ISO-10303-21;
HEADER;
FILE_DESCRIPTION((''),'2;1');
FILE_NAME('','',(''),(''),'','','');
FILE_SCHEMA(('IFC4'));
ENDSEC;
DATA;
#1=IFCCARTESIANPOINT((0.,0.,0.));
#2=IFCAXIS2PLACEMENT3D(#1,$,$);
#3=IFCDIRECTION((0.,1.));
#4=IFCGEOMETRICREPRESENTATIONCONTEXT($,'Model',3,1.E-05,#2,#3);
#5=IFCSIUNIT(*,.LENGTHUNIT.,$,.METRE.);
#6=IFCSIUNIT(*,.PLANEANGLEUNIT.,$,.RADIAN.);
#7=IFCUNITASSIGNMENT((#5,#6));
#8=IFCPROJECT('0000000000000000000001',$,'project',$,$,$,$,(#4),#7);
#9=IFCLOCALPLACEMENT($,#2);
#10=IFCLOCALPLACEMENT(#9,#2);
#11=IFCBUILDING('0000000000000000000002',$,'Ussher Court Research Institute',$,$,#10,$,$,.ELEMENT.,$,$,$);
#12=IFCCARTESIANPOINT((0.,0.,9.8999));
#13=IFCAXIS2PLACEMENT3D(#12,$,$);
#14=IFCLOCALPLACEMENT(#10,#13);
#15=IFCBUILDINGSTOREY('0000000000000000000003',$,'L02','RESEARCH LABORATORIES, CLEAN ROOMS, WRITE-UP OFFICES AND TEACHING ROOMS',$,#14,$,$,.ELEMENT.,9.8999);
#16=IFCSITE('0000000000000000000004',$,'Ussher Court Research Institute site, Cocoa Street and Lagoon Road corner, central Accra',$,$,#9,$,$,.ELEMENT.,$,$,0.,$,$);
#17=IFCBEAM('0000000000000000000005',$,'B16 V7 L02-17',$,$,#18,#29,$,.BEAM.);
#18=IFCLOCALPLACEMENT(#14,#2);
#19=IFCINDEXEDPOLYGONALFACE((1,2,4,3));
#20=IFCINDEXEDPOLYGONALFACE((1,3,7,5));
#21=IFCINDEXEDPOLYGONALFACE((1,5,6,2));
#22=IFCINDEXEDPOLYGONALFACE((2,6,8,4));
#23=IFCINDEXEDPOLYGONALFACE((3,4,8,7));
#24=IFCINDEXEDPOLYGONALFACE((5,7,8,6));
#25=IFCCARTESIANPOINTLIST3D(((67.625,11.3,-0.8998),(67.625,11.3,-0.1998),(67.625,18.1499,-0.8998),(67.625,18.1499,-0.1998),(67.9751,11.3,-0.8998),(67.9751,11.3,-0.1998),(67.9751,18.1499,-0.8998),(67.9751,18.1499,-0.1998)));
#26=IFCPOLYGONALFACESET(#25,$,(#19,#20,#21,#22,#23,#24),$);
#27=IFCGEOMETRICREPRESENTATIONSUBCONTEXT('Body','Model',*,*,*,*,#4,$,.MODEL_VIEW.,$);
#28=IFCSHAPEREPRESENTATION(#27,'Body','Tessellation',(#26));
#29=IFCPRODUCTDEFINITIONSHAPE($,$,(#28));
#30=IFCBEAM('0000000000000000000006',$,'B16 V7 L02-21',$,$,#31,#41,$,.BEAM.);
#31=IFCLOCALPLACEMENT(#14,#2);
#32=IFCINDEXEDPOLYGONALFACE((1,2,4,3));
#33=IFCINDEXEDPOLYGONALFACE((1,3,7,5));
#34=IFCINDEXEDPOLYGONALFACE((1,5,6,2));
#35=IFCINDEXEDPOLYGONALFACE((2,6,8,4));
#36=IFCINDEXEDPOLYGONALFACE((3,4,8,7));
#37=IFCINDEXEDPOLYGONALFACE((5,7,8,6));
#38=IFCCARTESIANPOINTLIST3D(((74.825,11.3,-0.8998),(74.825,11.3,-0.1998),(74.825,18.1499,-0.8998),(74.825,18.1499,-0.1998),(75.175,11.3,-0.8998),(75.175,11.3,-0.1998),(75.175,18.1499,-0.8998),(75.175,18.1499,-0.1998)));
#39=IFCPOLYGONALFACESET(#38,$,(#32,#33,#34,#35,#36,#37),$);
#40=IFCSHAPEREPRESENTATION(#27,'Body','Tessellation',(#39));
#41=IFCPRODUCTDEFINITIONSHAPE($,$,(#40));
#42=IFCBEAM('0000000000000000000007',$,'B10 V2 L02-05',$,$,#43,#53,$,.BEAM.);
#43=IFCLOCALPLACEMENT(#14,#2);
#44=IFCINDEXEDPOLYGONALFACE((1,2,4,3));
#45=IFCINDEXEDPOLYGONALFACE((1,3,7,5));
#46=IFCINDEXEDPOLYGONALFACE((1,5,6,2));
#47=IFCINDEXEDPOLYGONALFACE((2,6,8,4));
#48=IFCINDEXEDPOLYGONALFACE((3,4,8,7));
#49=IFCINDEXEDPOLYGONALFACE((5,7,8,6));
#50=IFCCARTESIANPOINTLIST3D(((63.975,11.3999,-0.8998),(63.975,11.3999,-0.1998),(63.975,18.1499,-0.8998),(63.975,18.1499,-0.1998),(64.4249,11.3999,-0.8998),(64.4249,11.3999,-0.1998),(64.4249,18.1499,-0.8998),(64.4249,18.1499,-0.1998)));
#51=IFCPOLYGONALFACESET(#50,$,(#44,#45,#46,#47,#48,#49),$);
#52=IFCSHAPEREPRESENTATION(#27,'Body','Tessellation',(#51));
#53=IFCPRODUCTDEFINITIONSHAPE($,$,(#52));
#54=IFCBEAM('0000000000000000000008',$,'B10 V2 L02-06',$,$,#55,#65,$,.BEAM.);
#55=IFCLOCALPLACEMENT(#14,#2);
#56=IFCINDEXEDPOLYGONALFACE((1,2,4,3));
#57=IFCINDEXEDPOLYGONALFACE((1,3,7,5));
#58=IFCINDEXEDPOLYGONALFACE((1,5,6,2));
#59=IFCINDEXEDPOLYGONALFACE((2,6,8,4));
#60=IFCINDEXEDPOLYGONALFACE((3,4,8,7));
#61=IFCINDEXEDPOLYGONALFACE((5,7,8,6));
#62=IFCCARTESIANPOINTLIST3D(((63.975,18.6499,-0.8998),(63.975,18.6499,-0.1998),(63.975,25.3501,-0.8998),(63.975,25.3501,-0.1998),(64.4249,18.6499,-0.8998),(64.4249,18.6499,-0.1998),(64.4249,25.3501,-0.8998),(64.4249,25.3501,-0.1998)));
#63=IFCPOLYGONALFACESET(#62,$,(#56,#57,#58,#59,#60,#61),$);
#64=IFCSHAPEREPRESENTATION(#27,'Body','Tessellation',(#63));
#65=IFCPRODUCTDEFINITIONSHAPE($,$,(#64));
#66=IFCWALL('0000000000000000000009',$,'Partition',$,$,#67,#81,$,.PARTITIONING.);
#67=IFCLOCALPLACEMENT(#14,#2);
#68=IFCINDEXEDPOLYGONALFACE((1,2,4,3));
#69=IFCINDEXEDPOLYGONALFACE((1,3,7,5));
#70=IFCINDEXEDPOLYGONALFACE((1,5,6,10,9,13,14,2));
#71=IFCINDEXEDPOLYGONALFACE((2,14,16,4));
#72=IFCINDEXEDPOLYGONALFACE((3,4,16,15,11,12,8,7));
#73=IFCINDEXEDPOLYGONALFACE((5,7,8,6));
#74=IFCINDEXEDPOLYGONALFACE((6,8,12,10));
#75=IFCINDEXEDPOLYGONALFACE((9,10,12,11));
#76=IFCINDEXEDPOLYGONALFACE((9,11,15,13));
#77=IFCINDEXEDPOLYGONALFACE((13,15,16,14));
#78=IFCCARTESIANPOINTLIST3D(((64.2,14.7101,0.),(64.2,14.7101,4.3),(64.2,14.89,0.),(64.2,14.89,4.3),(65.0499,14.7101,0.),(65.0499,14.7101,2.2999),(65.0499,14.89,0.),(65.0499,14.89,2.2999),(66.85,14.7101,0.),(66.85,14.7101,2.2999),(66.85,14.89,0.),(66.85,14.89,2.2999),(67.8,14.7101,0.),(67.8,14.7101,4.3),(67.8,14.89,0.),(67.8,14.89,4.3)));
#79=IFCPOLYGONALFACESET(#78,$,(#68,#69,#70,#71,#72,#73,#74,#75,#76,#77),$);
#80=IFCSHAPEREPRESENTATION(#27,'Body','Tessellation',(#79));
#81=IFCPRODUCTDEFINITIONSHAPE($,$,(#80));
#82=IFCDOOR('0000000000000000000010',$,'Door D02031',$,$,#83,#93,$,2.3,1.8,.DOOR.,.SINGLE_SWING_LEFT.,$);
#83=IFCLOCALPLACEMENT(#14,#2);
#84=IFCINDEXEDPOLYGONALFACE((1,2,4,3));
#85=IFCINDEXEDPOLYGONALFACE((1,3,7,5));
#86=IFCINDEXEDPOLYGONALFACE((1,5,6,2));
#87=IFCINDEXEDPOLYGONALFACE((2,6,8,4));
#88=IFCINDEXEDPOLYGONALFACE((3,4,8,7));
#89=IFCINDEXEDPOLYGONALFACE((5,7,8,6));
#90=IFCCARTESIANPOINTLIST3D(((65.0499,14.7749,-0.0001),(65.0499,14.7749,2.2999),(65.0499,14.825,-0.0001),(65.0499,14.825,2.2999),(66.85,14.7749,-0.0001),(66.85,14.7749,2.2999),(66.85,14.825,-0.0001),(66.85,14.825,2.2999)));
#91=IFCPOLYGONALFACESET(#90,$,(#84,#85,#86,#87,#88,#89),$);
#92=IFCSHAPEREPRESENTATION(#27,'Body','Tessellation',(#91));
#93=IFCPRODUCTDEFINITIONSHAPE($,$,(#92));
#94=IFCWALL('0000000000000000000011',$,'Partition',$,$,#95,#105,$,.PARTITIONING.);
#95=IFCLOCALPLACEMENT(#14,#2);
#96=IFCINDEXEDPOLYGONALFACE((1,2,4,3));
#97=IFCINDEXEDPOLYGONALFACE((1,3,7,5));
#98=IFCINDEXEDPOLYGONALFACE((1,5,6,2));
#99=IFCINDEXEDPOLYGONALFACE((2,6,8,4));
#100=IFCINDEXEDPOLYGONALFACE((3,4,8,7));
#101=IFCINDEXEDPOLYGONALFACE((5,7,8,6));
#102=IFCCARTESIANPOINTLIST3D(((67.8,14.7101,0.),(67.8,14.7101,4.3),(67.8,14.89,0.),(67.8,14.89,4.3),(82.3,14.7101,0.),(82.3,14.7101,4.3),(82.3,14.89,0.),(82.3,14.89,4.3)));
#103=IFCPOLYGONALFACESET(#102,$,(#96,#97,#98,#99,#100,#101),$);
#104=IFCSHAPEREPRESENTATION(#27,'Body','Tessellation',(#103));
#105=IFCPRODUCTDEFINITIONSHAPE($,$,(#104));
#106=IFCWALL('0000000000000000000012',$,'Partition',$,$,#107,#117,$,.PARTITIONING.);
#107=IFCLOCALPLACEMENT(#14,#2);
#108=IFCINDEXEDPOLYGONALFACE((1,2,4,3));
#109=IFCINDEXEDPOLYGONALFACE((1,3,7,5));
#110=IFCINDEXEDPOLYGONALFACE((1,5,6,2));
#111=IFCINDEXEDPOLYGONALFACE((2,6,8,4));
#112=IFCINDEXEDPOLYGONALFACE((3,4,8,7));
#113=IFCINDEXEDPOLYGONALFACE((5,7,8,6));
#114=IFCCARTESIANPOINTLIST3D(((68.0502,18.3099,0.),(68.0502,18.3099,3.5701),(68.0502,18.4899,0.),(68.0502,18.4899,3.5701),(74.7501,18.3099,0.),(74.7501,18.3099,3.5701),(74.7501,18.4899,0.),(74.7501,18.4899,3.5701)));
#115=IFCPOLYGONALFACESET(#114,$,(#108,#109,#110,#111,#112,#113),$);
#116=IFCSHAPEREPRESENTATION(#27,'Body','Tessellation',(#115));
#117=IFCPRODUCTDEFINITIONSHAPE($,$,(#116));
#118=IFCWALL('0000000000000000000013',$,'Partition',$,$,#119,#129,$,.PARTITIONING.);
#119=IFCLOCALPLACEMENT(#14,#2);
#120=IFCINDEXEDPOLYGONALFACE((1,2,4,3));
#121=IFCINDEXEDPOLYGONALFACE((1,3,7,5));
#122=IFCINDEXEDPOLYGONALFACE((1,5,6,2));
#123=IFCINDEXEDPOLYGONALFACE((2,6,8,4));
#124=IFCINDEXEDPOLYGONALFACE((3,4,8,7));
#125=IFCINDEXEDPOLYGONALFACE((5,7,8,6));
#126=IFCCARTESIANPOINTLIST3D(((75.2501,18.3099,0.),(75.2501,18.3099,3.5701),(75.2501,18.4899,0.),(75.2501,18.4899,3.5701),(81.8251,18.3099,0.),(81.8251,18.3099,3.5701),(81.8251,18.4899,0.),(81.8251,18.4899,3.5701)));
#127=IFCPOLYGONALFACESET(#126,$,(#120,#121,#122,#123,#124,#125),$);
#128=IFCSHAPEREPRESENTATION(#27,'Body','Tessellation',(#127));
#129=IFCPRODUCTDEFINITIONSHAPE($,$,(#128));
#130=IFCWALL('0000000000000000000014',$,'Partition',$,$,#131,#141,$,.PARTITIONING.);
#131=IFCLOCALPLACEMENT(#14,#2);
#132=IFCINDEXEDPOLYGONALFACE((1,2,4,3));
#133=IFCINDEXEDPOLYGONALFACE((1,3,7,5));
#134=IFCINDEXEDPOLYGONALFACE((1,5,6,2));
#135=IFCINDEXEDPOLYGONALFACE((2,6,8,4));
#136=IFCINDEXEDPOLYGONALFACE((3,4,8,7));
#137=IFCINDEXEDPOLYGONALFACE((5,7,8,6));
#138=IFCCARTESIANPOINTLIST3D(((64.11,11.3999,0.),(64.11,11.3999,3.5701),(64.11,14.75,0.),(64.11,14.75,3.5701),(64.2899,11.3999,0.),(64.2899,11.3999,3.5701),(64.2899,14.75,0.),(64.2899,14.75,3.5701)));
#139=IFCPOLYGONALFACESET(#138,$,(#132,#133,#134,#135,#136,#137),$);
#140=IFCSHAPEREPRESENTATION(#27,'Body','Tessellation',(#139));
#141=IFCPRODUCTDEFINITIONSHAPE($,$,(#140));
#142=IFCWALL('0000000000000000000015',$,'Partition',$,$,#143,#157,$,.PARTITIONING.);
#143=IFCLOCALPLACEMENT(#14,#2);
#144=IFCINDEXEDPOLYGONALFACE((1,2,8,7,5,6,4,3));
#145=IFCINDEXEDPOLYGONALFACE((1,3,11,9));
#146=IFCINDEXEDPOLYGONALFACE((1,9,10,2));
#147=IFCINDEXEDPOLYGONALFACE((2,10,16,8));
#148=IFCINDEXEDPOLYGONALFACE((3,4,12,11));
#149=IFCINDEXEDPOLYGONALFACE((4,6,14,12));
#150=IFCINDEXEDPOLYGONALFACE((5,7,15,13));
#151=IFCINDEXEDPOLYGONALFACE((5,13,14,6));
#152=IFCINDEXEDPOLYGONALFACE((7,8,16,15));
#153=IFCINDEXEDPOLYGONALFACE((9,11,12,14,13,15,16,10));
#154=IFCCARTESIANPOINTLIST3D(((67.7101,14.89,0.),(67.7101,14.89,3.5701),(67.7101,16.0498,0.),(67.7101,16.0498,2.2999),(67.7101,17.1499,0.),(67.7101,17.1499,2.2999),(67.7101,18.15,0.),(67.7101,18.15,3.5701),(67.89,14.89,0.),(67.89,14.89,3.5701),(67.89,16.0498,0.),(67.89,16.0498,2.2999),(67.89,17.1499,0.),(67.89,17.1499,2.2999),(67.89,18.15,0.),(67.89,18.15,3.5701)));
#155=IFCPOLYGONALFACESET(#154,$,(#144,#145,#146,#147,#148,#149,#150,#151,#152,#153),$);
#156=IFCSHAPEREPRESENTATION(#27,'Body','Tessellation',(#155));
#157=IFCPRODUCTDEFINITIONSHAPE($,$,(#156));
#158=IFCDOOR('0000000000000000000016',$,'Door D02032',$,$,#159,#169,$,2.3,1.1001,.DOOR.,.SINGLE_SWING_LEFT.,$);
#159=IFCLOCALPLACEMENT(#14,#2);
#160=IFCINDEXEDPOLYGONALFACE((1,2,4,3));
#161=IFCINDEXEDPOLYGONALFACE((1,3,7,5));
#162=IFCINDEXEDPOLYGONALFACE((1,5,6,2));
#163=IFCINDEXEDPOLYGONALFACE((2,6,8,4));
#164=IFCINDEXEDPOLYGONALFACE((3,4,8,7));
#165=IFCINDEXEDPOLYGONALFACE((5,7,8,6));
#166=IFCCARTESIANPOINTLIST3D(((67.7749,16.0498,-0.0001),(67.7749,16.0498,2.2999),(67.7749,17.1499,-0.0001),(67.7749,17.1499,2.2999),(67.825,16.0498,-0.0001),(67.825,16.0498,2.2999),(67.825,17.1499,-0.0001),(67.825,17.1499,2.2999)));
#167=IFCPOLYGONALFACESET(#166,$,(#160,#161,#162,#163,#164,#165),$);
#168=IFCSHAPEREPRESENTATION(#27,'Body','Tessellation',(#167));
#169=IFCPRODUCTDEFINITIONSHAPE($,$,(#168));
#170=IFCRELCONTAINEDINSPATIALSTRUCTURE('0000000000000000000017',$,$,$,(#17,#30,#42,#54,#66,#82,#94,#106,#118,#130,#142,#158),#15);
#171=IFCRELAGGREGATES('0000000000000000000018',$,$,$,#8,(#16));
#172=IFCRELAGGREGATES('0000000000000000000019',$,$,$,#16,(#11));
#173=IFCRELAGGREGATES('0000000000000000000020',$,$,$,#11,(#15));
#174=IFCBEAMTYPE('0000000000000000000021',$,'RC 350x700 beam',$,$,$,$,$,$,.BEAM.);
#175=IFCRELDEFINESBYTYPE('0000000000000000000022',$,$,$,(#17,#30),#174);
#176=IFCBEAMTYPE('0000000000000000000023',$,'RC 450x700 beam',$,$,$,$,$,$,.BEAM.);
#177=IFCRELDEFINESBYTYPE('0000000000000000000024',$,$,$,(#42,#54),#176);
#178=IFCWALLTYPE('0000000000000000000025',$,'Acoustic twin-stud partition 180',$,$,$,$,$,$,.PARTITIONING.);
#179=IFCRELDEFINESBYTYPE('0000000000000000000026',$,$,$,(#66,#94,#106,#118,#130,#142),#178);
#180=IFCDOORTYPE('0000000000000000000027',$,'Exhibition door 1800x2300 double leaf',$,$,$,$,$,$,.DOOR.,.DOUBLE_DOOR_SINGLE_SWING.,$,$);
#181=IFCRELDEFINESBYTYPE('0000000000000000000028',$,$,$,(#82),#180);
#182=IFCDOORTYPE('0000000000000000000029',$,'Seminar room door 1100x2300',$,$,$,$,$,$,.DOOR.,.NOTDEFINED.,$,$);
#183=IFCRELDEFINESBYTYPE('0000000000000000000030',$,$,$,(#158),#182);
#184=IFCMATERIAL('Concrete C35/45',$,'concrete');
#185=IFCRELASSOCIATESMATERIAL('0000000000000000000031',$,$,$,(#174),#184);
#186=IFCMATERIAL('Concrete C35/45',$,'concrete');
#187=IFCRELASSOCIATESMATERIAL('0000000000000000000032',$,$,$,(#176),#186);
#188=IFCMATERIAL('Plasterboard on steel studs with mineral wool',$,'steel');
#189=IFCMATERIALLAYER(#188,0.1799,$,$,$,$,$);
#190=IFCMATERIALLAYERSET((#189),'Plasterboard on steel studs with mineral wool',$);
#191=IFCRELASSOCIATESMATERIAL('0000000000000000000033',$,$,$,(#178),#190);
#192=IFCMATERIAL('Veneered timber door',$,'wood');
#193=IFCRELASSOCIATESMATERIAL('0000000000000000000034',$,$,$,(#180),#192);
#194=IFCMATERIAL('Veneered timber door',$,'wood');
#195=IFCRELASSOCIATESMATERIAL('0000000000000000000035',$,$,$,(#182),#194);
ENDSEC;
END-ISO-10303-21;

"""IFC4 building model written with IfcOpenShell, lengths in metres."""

from ifc_helpers import new_model, si_unit, direction, frame, frame_2d, origin, origin_2d, place, context, subcontext, project, spatial, rectangle, extrude, material, layer, layer_set, material_profile, profile_set, type_object, element, fill, save


model = new_model("IFC4")

# Units and contexts
model_context = context("Model", 3, precision=1e-05, world=origin(), true_north=direction((0.0, 1.0)))
body_context = subcontext(model_context, "Body", "Model", "MODEL_VIEW")
ifc_project = project(units=[si_unit("LENGTHUNIT", "METRE"), si_unit("PLANEANGLEUNIT", "RADIAN")], contexts=[model_context])

# Site, building, storey
site_placement = place(None, origin())
site = spatial("IfcSite", under=ifc_project, at=site_placement, Name="Ussher Court Research Institute site, Cocoa Street and Lagoon Road corner, central Accra", CompositionType="ELEMENT", RefElevation=0.0)
building_placement = place(site_placement, origin())
building = spatial("IfcBuilding", under=site, at=building_placement, Name="Ussher Court Research Institute", CompositionType="ELEMENT")
storey_placement = place(building_placement, frame((0.0, 0.0, 9.8999)))
storey = spatial("IfcBuildingStorey", under=building, at=storey_placement, Name="L02", Description="RESEARCH LABORATORIES, CLEAN ROOMS, WRITE-UP OFFICES AND TEACHING ROOMS", CompositionType="ELEMENT", Elevation=9.8999)

# Beams
ifc_material_1 = material(Name="Concrete C35/45", Category="concrete")
ifc_material_profile_1 = material_profile(ifc_material_1, rectangle(XDim=0.3501, YDim=0.7, at=origin_2d()), Name="RC 350x700")
ifc_profile_set_1 = profile_set([ifc_material_profile_1], Name="Concrete C35/45")
beam_type_1 = type_object("IfcBeamType", Name="RC 350x700 beam", PredefinedType="BEAM", material=ifc_profile_set_1)
for number, where, z_axis, x_axis, name in (
    (1, (67.8, 11.3, -0.5498), (0.0, 1.0, 0.0), (-1.0, 0.0, 0.0), "B16 V7 L02-17"),
    (2, (75.0, 11.3, -0.5498), (0.0, 1.0, 0.0), (-1.0, 0.0, 0.0), "B16 V7 L02-21"),
):
    element("IfcBeam", number, at=place(storey_placement, frame(where, z_axis=z_axis, x_axis=x_axis)), inside=storey, type_object=beam_type_1, Name=name, PredefinedType="BEAM", context=body_context, shape_type="SweptSolid", body=[
        extrude(rectangle(XDim=0.3501, YDim=0.7, at=origin_2d()), origin(), (0.0, 0.0, 1.0), 6.8499),
    ])
ifc_material_2 = material(Name="Concrete C35/45", Category="concrete")
ifc_material_profile_2 = material_profile(ifc_material_2, rectangle(XDim=0.45, YDim=0.7, at=origin_2d()), Name="RC 450x700")
ifc_profile_set_2 = profile_set([ifc_material_profile_2], Name="Concrete C35/45")
beam_type_2 = type_object("IfcBeamType", Name="RC 450x700 beam", PredefinedType="BEAM", material=ifc_profile_set_2)
beam_1_placement = place(storey_placement, frame((64.2, 11.3999, -0.5498), z_axis=(0.0, 1.0, 0.0), x_axis=(-1.0, 0.0, 0.0)))
element("IfcBeam", 3, at=beam_1_placement, inside=storey, type_object=beam_type_2, Name="B10 V2 L02-05", PredefinedType="BEAM", context=body_context, shape_type="SweptSolid", body=[
    extrude(rectangle(XDim=0.45, YDim=0.7, at=origin_2d()), origin(), (0.0, 0.0, 1.0), 6.75),
])
beam_2_placement = place(storey_placement, frame((64.2, 18.6499, -0.5498), z_axis=(0.0, 1.0, 0.0), x_axis=(-1.0, 0.0, 0.0)))
element("IfcBeam", 4, at=beam_2_placement, inside=storey, type_object=beam_type_2, Name="B10 V2 L02-06", PredefinedType="BEAM", context=body_context, shape_type="SweptSolid", body=[
    extrude(rectangle(XDim=0.45, YDim=0.7, at=origin_2d()), origin(), (0.0, 0.0, 1.0), 6.7002),
])

# Wall, opening, door
ifc_material_3 = material(Name="Plasterboard on steel studs with mineral wool", Category="steel")
ifc_layer_1 = layer(ifc_material_3, 0.1799)
ifc_layer_set_1 = layer_set([ifc_layer_1], Name="Plasterboard on steel studs with mineral wool")
wall_type_1 = type_object("IfcWallType", Name="Acoustic twin-stud partition 180", PredefinedType="PARTITIONING", material=ifc_layer_set_1)
wall_1_placement = place(storey_placement, frame((64.2, 14.8, 0.0), z_axis=(0.0, 0.0, 1.0), x_axis=(1.0, 0.0, 0.0)))
wall_1 = element("IfcWall", 5, at=wall_1_placement, inside=storey, type_object=wall_type_1, Name="Partition", PredefinedType="PARTITIONING", context=body_context, shape_type="SweptSolid", body=[
    extrude(rectangle(XDim=3.6001, YDim=0.1799, at=frame_2d((1.8, 0.0))), origin(), (0.0, 0.0, 1.0), 4.3),
])
opening_1_placement = place(wall_1_placement, frame((0.8501, 0.0, 0.0)))
opening_1 = element("IfcOpeningElement", 6, at=opening_1_placement, cuts=wall_1, PredefinedType="OPENING", context=body_context, shape_type="SweptSolid", body=[
    extrude(rectangle(XDim=1.8, YDim=2.3, at=frame_2d((0.8999, 1.1499))), frame((0.0, 0.1001, 0.0), z_axis=(0.0, -1.0, 0.0), x_axis=(1.0, 0.0, 0.0)), (0.0, 0.0, 1.0), 0.2),
])
ifc_material_4 = material(Name="Veneered timber door", Category="wood")
door_type_1 = type_object("IfcDoorType", Name="Exhibition door 1800x2300 double leaf", OperationType="DOUBLE_DOOR_SINGLE_SWING", PredefinedType="DOOR", material=ifc_material_4)
door_1_placement = place(opening_1_placement, origin())
door_1 = element("IfcDoor", 7, at=door_1_placement, inside=storey, type_object=door_type_1, Name="Door D02031", OperationType="SINGLE_SWING_LEFT", OverallHeight=2.3, OverallWidth=1.8, PredefinedType="DOOR", context=body_context, shape_type="SweptSolid", body=[
    extrude(rectangle(XDim=1.8, YDim=2.3, at=frame_2d((0.8999, 1.1499))), frame((0.0, 0.0249, 0.0), z_axis=(0.0, -1.0, 0.0), x_axis=(1.0, 0.0, 0.0)), (0.0, 0.0, 1.0), 0.05),
])
fill(opening_1, door_1)

# Walls
wall_2_placement = place(storey_placement, frame((67.8, 14.8, 0.0), z_axis=(0.0, 0.0, 1.0), x_axis=(1.0, 0.0, 0.0)))
element("IfcWall", 8, at=wall_2_placement, inside=storey, type_object=wall_type_1, Name="Partition", PredefinedType="PARTITIONING", context=body_context, shape_type="SweptSolid", body=[
    extrude(rectangle(XDim=14.5, YDim=0.1799, at=frame_2d((7.25, 0.0))), origin(), (0.0, 0.0, 1.0), 4.3),
])
wall_3_placement = place(storey_placement, frame((68.05, 18.3999, 0.0), z_axis=(0.0, 0.0, 1.0), x_axis=(1.0, 0.0, 0.0)))
element("IfcWall", 9, at=wall_3_placement, inside=storey, type_object=wall_type_1, Name="Partition", PredefinedType="PARTITIONING", context=body_context, shape_type="SweptSolid", body=[
    extrude(rectangle(XDim=6.7, YDim=0.1799, at=frame_2d((3.3501, 0.0))), origin(), (0.0, 0.0, 1.0), 3.5701),
])
wall_4_placement = place(storey_placement, frame((75.25, 18.3999, 0.0), z_axis=(0.0, 0.0, 1.0), x_axis=(1.0, 0.0, 0.0)))
element("IfcWall", 10, at=wall_4_placement, inside=storey, type_object=wall_type_1, Name="Partition", PredefinedType="PARTITIONING", context=body_context, shape_type="SweptSolid", body=[
    extrude(rectangle(XDim=6.575, YDim=0.1799, at=frame_2d((3.2876, 0.0))), origin(), (0.0, 0.0, 1.0), 3.5701),
])
wall_5_placement = place(storey_placement, frame((64.2, 11.3999, 0.0), z_axis=(0.0, 0.0, 1.0), x_axis=(0.0, 1.0, 0.0)))
element("IfcWall", 11, at=wall_5_placement, inside=storey, type_object=wall_type_1, Name="Partition", PredefinedType="PARTITIONING", context=body_context, shape_type="SweptSolid", body=[
    extrude(rectangle(XDim=3.3501, YDim=0.1799, at=frame_2d((1.675, 0.0))), origin(), (0.0, 0.0, 1.0), 3.5701),
])

# Wall, opening, door
wall_6_placement = place(storey_placement, frame((67.8, 18.1499, 0.0), z_axis=(0.0, 0.0, 1.0), x_axis=(0.0, -1.0, 0.0)))
wall_6 = element("IfcWall", 12, at=wall_6_placement, inside=storey, type_object=wall_type_1, Name="Partition", PredefinedType="PARTITIONING", context=body_context, shape_type="SweptSolid", body=[
    extrude(rectangle(XDim=3.26, YDim=0.1799, at=frame_2d((1.6299, 0.0))), origin(), (0.0, 0.0, 1.0), 3.5701),
])
opening_2_placement = place(wall_6_placement, frame((1.0, 0.0, 0.0)))
opening_2 = element("IfcOpeningElement", 13, at=opening_2_placement, cuts=wall_6, PredefinedType="OPENING", context=body_context, shape_type="SweptSolid", body=[
    extrude(rectangle(XDim=1.1001, YDim=2.3, at=frame_2d((0.55, 1.1499))), frame((0.0, 0.1001, 0.0), z_axis=(0.0, -1.0, 0.0), x_axis=(1.0, 0.0, 0.0)), (0.0, 0.0, 1.0), 0.2),
])
ifc_material_5 = material(Name="Veneered timber door", Category="wood")
door_type_2 = type_object("IfcDoorType", Name="Seminar room door 1100x2300", OperationType="NOTDEFINED", PredefinedType="DOOR", material=ifc_material_5)
door_2_placement = place(opening_2_placement, origin())
door_2 = element("IfcDoor", 14, at=door_2_placement, inside=storey, type_object=door_type_2, Name="Door D02032", OperationType="SINGLE_SWING_LEFT", OverallHeight=2.3, OverallWidth=1.1001, PredefinedType="DOOR", context=body_context, shape_type="SweptSolid", body=[
    extrude(rectangle(XDim=1.1001, YDim=2.3, at=frame_2d((0.55, 1.1499))), frame((0.0, 0.0249, 0.0), z_axis=(0.0, -1.0, 0.0), x_axis=(1.0, 0.0, 0.0)), (0.0, 0.0, 1.0), 0.05),
])
fill(opening_2, door_2)

save(model, "model.ifc")
